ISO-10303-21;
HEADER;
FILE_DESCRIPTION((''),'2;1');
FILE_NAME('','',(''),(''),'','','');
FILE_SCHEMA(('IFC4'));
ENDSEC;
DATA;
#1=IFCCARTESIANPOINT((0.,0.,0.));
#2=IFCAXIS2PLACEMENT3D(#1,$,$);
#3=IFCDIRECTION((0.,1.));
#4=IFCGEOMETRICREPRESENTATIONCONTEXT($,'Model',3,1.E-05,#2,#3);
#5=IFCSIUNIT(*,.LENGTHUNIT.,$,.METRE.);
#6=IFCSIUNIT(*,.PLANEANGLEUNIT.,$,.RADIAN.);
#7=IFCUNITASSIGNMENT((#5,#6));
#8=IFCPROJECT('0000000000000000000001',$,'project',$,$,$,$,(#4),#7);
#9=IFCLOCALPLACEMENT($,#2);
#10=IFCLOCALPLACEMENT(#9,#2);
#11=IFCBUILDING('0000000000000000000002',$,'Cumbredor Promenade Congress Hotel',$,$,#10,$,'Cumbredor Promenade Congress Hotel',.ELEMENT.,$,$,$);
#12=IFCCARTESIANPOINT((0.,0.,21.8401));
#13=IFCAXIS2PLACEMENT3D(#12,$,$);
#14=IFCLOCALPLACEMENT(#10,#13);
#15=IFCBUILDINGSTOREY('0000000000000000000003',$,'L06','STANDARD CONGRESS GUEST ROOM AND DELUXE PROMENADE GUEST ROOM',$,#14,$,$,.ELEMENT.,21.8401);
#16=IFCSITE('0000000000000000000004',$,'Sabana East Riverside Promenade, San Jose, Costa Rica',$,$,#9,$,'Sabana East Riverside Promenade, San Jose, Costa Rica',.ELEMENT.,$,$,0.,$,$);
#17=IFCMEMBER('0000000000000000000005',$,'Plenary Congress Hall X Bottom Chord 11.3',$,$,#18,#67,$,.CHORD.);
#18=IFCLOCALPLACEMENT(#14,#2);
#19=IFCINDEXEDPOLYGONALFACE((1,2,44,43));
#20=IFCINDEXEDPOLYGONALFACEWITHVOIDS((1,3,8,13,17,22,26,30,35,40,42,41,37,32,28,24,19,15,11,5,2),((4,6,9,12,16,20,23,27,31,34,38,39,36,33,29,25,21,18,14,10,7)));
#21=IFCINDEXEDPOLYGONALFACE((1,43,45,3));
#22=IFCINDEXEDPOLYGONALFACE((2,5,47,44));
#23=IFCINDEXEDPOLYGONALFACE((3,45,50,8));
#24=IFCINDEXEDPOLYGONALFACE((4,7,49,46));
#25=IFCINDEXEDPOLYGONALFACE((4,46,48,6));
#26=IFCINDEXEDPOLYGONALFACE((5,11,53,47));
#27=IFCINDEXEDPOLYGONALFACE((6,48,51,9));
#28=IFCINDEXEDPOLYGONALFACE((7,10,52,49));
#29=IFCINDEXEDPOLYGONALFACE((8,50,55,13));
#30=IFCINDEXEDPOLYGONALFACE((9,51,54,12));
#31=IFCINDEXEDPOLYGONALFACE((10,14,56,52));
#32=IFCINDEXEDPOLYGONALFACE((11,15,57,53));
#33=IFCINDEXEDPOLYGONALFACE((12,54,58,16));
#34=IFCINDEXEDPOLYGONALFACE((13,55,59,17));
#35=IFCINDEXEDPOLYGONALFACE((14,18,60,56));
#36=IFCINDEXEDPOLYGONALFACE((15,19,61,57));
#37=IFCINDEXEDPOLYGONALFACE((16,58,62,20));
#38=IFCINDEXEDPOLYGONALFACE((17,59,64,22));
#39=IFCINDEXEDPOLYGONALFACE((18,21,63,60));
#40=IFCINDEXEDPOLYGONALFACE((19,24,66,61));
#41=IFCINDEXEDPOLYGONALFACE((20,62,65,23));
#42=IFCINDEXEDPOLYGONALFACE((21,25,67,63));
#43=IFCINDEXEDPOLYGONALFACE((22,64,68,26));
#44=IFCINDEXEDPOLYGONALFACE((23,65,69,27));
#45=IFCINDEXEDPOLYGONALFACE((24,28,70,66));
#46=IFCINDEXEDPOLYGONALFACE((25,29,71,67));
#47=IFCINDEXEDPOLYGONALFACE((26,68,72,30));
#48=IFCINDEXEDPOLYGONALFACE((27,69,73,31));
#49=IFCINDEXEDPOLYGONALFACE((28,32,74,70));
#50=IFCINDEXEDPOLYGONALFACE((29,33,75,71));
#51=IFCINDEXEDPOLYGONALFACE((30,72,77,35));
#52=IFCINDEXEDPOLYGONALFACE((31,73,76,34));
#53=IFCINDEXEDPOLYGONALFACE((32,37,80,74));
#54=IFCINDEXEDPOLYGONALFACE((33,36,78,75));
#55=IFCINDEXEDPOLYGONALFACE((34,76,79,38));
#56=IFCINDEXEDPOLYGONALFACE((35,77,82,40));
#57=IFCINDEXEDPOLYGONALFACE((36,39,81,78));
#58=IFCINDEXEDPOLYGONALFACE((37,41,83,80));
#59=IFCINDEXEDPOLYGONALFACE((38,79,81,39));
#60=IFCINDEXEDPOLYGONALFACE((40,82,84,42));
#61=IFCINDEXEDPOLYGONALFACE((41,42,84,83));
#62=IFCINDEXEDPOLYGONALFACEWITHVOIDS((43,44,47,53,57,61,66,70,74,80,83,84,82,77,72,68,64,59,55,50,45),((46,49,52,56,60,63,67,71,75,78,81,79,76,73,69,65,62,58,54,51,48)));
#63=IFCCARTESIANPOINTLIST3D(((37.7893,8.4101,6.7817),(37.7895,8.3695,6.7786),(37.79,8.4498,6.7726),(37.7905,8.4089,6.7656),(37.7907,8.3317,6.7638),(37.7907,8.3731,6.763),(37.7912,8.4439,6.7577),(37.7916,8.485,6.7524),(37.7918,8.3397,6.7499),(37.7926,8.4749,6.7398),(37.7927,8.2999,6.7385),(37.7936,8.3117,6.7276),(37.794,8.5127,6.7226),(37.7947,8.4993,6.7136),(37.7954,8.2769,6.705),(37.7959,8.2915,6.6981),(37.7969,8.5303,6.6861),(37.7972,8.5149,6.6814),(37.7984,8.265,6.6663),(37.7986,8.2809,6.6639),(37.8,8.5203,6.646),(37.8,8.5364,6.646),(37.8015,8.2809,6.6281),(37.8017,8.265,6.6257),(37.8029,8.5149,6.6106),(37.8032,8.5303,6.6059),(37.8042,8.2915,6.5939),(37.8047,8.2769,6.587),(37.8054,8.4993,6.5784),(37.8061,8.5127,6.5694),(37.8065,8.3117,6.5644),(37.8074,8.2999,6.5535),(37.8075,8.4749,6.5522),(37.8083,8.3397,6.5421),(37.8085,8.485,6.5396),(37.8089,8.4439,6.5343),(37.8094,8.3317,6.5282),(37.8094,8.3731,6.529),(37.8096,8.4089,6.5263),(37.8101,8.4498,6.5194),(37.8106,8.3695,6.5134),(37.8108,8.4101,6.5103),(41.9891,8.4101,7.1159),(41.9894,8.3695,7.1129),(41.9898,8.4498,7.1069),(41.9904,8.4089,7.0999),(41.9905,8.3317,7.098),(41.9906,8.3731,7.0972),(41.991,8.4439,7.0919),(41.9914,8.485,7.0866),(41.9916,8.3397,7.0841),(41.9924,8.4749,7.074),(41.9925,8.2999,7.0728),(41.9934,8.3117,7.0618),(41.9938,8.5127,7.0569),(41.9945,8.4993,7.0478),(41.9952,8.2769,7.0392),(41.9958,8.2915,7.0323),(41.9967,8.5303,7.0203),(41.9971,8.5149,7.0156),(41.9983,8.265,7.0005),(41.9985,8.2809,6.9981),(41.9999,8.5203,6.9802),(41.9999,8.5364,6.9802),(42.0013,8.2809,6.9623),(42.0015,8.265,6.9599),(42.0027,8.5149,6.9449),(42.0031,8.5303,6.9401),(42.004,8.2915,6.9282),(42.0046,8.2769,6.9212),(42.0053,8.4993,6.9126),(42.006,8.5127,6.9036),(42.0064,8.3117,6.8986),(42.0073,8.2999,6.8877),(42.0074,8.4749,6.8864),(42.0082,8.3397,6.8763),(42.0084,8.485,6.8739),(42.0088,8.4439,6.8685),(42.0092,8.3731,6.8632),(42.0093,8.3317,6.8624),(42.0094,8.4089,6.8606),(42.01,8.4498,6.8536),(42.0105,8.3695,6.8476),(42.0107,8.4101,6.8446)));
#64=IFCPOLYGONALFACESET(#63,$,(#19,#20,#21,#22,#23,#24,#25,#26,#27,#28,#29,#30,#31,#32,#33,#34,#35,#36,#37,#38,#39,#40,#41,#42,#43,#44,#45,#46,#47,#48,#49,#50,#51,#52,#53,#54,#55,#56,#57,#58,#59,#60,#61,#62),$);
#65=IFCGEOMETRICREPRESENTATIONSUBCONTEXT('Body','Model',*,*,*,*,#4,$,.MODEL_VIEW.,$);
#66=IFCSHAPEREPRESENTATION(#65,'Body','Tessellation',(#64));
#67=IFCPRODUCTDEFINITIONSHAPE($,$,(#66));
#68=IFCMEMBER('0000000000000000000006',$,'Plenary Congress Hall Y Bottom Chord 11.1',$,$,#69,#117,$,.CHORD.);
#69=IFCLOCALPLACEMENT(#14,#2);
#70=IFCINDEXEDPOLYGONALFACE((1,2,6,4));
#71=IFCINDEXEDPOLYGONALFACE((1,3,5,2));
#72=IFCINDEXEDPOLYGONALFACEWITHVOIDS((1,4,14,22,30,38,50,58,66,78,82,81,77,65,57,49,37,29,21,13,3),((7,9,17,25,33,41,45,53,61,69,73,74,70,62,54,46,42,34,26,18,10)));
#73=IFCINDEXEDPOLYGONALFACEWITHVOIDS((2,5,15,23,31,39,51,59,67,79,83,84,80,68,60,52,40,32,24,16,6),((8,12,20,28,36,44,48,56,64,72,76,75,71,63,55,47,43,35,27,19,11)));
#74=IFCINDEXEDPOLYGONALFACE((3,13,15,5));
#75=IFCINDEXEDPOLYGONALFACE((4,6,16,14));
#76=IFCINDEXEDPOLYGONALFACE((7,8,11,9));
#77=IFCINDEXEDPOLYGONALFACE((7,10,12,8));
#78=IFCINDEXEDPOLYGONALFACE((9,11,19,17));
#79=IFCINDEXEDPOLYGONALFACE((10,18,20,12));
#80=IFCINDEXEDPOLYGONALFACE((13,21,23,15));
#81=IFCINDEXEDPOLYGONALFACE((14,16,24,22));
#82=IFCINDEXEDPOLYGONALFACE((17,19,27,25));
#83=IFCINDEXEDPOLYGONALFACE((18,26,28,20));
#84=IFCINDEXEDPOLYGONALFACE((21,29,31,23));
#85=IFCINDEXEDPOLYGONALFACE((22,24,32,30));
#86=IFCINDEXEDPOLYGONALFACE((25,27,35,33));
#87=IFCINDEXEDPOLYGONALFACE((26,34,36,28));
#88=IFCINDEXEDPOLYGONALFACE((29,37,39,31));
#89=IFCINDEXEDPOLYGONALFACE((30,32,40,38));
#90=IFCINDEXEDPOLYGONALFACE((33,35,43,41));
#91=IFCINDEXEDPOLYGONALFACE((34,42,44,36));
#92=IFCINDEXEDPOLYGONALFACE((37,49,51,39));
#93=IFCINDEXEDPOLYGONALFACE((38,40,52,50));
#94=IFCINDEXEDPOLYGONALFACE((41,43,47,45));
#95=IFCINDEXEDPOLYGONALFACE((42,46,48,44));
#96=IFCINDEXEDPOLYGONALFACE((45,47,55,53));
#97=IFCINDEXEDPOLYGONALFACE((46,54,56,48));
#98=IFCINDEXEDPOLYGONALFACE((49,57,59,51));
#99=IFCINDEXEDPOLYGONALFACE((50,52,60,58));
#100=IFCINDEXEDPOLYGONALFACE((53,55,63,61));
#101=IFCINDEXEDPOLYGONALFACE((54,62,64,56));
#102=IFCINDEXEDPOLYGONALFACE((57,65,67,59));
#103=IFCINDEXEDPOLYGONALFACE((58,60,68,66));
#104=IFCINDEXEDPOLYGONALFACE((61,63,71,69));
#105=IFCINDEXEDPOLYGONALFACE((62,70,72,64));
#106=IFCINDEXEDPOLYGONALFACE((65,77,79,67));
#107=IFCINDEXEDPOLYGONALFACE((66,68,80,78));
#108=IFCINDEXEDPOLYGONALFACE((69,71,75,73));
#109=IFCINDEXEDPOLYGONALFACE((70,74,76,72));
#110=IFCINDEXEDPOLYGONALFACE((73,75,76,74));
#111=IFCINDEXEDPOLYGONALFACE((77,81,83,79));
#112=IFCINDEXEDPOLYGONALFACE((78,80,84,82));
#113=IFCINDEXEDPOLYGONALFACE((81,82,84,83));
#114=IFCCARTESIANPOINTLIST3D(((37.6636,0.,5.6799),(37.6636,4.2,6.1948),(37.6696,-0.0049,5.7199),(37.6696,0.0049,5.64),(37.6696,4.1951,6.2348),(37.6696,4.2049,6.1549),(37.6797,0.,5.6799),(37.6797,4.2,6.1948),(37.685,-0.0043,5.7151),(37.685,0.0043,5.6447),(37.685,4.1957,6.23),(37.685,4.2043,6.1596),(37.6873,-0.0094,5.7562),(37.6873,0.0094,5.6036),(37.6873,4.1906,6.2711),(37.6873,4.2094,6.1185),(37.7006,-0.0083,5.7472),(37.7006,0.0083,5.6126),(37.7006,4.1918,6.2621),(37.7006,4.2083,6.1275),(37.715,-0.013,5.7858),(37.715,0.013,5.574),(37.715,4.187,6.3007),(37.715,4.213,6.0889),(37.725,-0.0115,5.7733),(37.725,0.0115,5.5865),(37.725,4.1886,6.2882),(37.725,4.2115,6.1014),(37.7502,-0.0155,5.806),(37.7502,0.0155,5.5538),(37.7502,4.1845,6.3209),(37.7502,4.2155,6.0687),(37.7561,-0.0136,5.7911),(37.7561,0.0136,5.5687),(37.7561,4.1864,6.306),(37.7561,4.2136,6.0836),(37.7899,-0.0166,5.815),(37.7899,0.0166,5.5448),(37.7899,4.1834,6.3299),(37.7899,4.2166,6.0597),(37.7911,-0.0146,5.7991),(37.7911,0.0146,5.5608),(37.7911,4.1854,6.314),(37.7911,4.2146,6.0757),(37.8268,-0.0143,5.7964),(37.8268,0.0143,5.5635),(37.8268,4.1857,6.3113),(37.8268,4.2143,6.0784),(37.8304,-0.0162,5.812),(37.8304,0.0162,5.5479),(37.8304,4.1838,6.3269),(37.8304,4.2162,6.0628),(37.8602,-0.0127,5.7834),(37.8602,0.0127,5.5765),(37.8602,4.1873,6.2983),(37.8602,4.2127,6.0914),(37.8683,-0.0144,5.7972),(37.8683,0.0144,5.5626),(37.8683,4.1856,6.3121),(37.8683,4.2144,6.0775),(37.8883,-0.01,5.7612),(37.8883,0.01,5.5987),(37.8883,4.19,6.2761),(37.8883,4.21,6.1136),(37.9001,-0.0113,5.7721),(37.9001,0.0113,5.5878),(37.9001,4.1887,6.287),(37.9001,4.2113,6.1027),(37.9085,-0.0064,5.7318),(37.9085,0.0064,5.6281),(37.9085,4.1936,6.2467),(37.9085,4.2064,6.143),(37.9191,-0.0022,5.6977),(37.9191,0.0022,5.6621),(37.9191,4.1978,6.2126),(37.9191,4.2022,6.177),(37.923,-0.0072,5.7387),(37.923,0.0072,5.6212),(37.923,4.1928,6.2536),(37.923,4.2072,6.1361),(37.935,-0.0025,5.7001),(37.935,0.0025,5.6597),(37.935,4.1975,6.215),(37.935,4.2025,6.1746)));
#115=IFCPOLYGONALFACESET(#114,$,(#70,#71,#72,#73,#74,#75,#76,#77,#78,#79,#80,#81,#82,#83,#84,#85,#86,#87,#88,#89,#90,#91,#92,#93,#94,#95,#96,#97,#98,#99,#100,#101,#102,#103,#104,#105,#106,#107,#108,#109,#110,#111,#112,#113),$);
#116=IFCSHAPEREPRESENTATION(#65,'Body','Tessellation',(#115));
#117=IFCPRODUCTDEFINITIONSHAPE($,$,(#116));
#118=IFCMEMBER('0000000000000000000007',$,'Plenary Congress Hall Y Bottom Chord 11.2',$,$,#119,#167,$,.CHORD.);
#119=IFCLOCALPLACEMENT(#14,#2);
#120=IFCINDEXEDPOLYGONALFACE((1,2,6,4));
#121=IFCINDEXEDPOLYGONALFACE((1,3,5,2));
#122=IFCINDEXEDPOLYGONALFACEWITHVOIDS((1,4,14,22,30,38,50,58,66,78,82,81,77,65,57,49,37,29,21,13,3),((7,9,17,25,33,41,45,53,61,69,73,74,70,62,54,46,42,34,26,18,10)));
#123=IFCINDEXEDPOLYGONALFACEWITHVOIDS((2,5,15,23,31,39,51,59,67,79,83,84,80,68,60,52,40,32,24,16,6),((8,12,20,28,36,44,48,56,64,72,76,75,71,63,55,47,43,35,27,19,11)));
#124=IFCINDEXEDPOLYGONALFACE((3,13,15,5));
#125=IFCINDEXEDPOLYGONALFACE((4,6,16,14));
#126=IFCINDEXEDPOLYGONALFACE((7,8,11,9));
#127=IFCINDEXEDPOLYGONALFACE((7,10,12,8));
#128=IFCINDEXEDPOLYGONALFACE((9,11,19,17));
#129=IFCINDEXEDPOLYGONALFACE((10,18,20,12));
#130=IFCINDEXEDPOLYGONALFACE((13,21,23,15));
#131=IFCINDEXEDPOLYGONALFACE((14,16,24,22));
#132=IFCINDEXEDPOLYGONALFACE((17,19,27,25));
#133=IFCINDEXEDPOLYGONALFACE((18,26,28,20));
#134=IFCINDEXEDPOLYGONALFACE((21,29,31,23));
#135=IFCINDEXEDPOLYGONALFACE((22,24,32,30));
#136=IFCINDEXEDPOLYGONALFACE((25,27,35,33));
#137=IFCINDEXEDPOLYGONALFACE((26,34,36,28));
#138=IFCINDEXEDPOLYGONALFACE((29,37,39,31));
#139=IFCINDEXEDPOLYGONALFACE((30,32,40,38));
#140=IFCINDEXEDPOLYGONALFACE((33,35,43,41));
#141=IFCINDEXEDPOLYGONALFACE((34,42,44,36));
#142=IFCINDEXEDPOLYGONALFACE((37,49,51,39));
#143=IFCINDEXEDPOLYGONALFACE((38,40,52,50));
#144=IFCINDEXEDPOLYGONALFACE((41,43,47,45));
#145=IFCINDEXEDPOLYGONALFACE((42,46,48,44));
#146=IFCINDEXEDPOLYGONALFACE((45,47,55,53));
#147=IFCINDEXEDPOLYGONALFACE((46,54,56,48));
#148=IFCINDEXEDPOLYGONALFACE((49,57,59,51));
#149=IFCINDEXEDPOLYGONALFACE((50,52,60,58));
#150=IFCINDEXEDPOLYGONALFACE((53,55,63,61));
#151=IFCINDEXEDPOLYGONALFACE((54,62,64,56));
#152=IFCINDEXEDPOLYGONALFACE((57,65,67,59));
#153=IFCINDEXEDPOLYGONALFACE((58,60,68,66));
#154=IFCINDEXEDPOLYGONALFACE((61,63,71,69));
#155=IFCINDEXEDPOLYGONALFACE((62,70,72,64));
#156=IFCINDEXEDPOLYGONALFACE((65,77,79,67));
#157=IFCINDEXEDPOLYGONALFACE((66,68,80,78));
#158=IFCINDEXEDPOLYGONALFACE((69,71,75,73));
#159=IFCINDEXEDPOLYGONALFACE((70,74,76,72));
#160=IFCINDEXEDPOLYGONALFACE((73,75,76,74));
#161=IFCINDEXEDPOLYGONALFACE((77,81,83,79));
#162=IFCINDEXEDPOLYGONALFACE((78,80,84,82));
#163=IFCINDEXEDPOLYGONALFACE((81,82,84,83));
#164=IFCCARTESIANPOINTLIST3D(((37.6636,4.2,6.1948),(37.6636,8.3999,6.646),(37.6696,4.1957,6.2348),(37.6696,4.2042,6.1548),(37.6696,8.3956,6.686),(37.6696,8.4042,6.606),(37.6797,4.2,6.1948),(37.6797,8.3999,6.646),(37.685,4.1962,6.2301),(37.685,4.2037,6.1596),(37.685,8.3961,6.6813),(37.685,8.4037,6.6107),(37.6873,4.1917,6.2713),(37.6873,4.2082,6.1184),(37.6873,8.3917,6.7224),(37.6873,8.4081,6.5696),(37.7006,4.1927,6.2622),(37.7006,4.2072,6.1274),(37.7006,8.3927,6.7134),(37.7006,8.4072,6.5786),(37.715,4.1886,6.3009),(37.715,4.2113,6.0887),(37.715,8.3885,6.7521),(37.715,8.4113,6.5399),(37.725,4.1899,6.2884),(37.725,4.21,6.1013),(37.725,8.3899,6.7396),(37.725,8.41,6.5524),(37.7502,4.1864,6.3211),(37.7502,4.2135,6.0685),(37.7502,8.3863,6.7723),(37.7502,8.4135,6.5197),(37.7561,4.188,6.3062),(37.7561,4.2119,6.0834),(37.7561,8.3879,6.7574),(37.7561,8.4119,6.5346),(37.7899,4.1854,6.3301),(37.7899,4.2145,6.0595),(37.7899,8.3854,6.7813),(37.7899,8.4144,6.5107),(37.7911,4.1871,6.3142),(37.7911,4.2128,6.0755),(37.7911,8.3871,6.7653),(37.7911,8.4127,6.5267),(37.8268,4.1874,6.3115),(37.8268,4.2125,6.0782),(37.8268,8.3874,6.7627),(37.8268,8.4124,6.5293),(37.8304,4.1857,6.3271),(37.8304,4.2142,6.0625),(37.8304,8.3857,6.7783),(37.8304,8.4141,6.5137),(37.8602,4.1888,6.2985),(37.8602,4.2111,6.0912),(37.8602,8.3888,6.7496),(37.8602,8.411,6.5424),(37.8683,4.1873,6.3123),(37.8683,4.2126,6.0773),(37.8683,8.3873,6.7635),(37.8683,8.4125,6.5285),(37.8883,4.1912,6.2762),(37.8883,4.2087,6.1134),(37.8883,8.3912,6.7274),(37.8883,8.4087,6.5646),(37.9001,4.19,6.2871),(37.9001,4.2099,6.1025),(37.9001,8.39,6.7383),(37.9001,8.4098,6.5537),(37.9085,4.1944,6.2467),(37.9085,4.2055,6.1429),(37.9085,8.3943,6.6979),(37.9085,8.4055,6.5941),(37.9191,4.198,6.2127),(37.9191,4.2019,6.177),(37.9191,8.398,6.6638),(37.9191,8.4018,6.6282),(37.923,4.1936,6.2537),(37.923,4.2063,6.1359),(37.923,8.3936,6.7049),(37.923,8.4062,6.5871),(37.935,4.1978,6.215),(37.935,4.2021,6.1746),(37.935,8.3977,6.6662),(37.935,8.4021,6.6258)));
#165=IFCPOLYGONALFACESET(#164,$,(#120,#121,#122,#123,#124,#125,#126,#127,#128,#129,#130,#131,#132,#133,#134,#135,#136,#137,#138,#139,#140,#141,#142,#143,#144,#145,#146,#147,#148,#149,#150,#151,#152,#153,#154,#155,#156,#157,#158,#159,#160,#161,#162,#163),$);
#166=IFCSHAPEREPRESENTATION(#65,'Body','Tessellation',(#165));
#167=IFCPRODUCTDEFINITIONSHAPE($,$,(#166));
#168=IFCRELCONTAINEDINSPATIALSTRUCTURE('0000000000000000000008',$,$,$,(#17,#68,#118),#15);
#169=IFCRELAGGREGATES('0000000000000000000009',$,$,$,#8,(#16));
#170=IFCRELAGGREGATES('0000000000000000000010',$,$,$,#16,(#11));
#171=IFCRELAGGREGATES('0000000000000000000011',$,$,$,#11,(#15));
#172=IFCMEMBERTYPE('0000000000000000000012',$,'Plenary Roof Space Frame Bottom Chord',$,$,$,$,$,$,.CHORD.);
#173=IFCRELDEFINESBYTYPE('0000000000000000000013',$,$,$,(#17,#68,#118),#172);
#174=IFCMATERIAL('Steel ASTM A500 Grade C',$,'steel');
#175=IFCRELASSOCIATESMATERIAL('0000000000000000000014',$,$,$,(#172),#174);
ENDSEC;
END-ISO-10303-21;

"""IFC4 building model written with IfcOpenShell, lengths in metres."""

from ifc_helpers import new_model, si_unit, direction, frame, origin, origin_2d, place, context, subcontext, project, spatial, hollow_circle, extrude, material, material_profile, profile_set, type_object, element, save


model = new_model("IFC4")

# Units and contexts
model_context = context("Model", 3, precision=1e-05, world=origin(), true_north=direction((0.0, 1.0)))
body_context = subcontext(model_context, "Body", "Model", "MODEL_VIEW")
ifc_project = project(units=[si_unit("LENGTHUNIT", "METRE"), si_unit("PLANEANGLEUNIT", "RADIAN")], contexts=[model_context])

# Site, building, storey
site_placement = place(None, origin())
site = spatial("IfcSite", under=ifc_project, at=site_placement, Name="Sabana East Riverside Promenade, San Jose, Costa Rica", LongName="Sabana East Riverside Promenade, San Jose, Costa Rica", CompositionType="ELEMENT", RefElevation=0.0)
building_placement = place(site_placement, origin())
building = spatial("IfcBuilding", under=site, at=building_placement, Name="Cumbredor Promenade Congress Hotel", LongName="Cumbredor Promenade Congress Hotel", CompositionType="ELEMENT")
storey_placement = place(building_placement, frame((0.0, 0.0, 21.8401)))
storey = spatial("IfcBuildingStorey", under=building, at=storey_placement, Name="L06", Description="STANDARD CONGRESS GUEST ROOM AND DELUXE PROMENADE GUEST ROOM", CompositionType="ELEMENT", Elevation=21.8401)

# Members
ifc_material_1 = material(Name="Steel ASTM A500 Grade C", Category="steel")
ifc_material_profile_1 = material_profile(ifc_material_1, hollow_circle(Radius=0.1365, WallThickness=0.0161, at=origin_2d()), Name="CHS 273.0x16")
ifc_profile_set_1 = profile_set([ifc_material_profile_1], Name="Steel ASTM A500 Grade C")
member_type_1 = type_object("IfcMemberType", Name="Plenary Roof Space Frame Bottom Chord", PredefinedType="CHORD", material=ifc_profile_set_1)
member_1_placement = place(storey_placement, frame((37.8, 8.3999, 6.646), z_axis=(0.996849, 0.0, 0.079328), x_axis=(0.0, 1.0, 0.0)))
element("IfcMember", 1, at=member_1_placement, inside=storey, type_object=member_type_1, Name="Plenary Congress Hall X Bottom Chord 11.3", PredefinedType="CHORD", context=body_context, shape_type="SweptSolid", body=[
    extrude(hollow_circle(Radius=0.1365, WallThickness=0.0161, at=origin_2d()), origin(), (0.0, 0.0, 1.0), 4.2131),
])
member_2_placement = place(storey_placement, frame((37.8, 0.0, 5.6799), z_axis=(0.0, 0.992569, 0.121684), x_axis=(-1.0, 0.0, 0.0)))
element("IfcMember", 2, at=member_2_placement, inside=storey, type_object=member_type_1, Name="Plenary Congress Hall Y Bottom Chord 11.1", PredefinedType="CHORD", context=body_context, shape_type="SweptSolid", body=[
    extrude(hollow_circle(Radius=0.1365, WallThickness=0.0161, at=origin_2d()), origin(), (0.0, 0.0, 1.0), 4.2314),
])
member_3_placement = place(storey_placement, frame((37.8, 4.2, 6.1948), z_axis=(0.0, 0.99428, 0.106809), x_axis=(-1.0, 0.0, 0.0)))
element("IfcMember", 3, at=member_3_placement, inside=storey, type_object=member_type_1, Name="Plenary Congress Hall Y Bottom Chord 11.2", PredefinedType="CHORD", context=body_context, shape_type="SweptSolid", body=[
    extrude(hollow_circle(Radius=0.1365, WallThickness=0.0161, at=origin_2d()), origin(), (0.0, 0.0, 1.0), 4.2241),
])

save(model, "model.ifc")
